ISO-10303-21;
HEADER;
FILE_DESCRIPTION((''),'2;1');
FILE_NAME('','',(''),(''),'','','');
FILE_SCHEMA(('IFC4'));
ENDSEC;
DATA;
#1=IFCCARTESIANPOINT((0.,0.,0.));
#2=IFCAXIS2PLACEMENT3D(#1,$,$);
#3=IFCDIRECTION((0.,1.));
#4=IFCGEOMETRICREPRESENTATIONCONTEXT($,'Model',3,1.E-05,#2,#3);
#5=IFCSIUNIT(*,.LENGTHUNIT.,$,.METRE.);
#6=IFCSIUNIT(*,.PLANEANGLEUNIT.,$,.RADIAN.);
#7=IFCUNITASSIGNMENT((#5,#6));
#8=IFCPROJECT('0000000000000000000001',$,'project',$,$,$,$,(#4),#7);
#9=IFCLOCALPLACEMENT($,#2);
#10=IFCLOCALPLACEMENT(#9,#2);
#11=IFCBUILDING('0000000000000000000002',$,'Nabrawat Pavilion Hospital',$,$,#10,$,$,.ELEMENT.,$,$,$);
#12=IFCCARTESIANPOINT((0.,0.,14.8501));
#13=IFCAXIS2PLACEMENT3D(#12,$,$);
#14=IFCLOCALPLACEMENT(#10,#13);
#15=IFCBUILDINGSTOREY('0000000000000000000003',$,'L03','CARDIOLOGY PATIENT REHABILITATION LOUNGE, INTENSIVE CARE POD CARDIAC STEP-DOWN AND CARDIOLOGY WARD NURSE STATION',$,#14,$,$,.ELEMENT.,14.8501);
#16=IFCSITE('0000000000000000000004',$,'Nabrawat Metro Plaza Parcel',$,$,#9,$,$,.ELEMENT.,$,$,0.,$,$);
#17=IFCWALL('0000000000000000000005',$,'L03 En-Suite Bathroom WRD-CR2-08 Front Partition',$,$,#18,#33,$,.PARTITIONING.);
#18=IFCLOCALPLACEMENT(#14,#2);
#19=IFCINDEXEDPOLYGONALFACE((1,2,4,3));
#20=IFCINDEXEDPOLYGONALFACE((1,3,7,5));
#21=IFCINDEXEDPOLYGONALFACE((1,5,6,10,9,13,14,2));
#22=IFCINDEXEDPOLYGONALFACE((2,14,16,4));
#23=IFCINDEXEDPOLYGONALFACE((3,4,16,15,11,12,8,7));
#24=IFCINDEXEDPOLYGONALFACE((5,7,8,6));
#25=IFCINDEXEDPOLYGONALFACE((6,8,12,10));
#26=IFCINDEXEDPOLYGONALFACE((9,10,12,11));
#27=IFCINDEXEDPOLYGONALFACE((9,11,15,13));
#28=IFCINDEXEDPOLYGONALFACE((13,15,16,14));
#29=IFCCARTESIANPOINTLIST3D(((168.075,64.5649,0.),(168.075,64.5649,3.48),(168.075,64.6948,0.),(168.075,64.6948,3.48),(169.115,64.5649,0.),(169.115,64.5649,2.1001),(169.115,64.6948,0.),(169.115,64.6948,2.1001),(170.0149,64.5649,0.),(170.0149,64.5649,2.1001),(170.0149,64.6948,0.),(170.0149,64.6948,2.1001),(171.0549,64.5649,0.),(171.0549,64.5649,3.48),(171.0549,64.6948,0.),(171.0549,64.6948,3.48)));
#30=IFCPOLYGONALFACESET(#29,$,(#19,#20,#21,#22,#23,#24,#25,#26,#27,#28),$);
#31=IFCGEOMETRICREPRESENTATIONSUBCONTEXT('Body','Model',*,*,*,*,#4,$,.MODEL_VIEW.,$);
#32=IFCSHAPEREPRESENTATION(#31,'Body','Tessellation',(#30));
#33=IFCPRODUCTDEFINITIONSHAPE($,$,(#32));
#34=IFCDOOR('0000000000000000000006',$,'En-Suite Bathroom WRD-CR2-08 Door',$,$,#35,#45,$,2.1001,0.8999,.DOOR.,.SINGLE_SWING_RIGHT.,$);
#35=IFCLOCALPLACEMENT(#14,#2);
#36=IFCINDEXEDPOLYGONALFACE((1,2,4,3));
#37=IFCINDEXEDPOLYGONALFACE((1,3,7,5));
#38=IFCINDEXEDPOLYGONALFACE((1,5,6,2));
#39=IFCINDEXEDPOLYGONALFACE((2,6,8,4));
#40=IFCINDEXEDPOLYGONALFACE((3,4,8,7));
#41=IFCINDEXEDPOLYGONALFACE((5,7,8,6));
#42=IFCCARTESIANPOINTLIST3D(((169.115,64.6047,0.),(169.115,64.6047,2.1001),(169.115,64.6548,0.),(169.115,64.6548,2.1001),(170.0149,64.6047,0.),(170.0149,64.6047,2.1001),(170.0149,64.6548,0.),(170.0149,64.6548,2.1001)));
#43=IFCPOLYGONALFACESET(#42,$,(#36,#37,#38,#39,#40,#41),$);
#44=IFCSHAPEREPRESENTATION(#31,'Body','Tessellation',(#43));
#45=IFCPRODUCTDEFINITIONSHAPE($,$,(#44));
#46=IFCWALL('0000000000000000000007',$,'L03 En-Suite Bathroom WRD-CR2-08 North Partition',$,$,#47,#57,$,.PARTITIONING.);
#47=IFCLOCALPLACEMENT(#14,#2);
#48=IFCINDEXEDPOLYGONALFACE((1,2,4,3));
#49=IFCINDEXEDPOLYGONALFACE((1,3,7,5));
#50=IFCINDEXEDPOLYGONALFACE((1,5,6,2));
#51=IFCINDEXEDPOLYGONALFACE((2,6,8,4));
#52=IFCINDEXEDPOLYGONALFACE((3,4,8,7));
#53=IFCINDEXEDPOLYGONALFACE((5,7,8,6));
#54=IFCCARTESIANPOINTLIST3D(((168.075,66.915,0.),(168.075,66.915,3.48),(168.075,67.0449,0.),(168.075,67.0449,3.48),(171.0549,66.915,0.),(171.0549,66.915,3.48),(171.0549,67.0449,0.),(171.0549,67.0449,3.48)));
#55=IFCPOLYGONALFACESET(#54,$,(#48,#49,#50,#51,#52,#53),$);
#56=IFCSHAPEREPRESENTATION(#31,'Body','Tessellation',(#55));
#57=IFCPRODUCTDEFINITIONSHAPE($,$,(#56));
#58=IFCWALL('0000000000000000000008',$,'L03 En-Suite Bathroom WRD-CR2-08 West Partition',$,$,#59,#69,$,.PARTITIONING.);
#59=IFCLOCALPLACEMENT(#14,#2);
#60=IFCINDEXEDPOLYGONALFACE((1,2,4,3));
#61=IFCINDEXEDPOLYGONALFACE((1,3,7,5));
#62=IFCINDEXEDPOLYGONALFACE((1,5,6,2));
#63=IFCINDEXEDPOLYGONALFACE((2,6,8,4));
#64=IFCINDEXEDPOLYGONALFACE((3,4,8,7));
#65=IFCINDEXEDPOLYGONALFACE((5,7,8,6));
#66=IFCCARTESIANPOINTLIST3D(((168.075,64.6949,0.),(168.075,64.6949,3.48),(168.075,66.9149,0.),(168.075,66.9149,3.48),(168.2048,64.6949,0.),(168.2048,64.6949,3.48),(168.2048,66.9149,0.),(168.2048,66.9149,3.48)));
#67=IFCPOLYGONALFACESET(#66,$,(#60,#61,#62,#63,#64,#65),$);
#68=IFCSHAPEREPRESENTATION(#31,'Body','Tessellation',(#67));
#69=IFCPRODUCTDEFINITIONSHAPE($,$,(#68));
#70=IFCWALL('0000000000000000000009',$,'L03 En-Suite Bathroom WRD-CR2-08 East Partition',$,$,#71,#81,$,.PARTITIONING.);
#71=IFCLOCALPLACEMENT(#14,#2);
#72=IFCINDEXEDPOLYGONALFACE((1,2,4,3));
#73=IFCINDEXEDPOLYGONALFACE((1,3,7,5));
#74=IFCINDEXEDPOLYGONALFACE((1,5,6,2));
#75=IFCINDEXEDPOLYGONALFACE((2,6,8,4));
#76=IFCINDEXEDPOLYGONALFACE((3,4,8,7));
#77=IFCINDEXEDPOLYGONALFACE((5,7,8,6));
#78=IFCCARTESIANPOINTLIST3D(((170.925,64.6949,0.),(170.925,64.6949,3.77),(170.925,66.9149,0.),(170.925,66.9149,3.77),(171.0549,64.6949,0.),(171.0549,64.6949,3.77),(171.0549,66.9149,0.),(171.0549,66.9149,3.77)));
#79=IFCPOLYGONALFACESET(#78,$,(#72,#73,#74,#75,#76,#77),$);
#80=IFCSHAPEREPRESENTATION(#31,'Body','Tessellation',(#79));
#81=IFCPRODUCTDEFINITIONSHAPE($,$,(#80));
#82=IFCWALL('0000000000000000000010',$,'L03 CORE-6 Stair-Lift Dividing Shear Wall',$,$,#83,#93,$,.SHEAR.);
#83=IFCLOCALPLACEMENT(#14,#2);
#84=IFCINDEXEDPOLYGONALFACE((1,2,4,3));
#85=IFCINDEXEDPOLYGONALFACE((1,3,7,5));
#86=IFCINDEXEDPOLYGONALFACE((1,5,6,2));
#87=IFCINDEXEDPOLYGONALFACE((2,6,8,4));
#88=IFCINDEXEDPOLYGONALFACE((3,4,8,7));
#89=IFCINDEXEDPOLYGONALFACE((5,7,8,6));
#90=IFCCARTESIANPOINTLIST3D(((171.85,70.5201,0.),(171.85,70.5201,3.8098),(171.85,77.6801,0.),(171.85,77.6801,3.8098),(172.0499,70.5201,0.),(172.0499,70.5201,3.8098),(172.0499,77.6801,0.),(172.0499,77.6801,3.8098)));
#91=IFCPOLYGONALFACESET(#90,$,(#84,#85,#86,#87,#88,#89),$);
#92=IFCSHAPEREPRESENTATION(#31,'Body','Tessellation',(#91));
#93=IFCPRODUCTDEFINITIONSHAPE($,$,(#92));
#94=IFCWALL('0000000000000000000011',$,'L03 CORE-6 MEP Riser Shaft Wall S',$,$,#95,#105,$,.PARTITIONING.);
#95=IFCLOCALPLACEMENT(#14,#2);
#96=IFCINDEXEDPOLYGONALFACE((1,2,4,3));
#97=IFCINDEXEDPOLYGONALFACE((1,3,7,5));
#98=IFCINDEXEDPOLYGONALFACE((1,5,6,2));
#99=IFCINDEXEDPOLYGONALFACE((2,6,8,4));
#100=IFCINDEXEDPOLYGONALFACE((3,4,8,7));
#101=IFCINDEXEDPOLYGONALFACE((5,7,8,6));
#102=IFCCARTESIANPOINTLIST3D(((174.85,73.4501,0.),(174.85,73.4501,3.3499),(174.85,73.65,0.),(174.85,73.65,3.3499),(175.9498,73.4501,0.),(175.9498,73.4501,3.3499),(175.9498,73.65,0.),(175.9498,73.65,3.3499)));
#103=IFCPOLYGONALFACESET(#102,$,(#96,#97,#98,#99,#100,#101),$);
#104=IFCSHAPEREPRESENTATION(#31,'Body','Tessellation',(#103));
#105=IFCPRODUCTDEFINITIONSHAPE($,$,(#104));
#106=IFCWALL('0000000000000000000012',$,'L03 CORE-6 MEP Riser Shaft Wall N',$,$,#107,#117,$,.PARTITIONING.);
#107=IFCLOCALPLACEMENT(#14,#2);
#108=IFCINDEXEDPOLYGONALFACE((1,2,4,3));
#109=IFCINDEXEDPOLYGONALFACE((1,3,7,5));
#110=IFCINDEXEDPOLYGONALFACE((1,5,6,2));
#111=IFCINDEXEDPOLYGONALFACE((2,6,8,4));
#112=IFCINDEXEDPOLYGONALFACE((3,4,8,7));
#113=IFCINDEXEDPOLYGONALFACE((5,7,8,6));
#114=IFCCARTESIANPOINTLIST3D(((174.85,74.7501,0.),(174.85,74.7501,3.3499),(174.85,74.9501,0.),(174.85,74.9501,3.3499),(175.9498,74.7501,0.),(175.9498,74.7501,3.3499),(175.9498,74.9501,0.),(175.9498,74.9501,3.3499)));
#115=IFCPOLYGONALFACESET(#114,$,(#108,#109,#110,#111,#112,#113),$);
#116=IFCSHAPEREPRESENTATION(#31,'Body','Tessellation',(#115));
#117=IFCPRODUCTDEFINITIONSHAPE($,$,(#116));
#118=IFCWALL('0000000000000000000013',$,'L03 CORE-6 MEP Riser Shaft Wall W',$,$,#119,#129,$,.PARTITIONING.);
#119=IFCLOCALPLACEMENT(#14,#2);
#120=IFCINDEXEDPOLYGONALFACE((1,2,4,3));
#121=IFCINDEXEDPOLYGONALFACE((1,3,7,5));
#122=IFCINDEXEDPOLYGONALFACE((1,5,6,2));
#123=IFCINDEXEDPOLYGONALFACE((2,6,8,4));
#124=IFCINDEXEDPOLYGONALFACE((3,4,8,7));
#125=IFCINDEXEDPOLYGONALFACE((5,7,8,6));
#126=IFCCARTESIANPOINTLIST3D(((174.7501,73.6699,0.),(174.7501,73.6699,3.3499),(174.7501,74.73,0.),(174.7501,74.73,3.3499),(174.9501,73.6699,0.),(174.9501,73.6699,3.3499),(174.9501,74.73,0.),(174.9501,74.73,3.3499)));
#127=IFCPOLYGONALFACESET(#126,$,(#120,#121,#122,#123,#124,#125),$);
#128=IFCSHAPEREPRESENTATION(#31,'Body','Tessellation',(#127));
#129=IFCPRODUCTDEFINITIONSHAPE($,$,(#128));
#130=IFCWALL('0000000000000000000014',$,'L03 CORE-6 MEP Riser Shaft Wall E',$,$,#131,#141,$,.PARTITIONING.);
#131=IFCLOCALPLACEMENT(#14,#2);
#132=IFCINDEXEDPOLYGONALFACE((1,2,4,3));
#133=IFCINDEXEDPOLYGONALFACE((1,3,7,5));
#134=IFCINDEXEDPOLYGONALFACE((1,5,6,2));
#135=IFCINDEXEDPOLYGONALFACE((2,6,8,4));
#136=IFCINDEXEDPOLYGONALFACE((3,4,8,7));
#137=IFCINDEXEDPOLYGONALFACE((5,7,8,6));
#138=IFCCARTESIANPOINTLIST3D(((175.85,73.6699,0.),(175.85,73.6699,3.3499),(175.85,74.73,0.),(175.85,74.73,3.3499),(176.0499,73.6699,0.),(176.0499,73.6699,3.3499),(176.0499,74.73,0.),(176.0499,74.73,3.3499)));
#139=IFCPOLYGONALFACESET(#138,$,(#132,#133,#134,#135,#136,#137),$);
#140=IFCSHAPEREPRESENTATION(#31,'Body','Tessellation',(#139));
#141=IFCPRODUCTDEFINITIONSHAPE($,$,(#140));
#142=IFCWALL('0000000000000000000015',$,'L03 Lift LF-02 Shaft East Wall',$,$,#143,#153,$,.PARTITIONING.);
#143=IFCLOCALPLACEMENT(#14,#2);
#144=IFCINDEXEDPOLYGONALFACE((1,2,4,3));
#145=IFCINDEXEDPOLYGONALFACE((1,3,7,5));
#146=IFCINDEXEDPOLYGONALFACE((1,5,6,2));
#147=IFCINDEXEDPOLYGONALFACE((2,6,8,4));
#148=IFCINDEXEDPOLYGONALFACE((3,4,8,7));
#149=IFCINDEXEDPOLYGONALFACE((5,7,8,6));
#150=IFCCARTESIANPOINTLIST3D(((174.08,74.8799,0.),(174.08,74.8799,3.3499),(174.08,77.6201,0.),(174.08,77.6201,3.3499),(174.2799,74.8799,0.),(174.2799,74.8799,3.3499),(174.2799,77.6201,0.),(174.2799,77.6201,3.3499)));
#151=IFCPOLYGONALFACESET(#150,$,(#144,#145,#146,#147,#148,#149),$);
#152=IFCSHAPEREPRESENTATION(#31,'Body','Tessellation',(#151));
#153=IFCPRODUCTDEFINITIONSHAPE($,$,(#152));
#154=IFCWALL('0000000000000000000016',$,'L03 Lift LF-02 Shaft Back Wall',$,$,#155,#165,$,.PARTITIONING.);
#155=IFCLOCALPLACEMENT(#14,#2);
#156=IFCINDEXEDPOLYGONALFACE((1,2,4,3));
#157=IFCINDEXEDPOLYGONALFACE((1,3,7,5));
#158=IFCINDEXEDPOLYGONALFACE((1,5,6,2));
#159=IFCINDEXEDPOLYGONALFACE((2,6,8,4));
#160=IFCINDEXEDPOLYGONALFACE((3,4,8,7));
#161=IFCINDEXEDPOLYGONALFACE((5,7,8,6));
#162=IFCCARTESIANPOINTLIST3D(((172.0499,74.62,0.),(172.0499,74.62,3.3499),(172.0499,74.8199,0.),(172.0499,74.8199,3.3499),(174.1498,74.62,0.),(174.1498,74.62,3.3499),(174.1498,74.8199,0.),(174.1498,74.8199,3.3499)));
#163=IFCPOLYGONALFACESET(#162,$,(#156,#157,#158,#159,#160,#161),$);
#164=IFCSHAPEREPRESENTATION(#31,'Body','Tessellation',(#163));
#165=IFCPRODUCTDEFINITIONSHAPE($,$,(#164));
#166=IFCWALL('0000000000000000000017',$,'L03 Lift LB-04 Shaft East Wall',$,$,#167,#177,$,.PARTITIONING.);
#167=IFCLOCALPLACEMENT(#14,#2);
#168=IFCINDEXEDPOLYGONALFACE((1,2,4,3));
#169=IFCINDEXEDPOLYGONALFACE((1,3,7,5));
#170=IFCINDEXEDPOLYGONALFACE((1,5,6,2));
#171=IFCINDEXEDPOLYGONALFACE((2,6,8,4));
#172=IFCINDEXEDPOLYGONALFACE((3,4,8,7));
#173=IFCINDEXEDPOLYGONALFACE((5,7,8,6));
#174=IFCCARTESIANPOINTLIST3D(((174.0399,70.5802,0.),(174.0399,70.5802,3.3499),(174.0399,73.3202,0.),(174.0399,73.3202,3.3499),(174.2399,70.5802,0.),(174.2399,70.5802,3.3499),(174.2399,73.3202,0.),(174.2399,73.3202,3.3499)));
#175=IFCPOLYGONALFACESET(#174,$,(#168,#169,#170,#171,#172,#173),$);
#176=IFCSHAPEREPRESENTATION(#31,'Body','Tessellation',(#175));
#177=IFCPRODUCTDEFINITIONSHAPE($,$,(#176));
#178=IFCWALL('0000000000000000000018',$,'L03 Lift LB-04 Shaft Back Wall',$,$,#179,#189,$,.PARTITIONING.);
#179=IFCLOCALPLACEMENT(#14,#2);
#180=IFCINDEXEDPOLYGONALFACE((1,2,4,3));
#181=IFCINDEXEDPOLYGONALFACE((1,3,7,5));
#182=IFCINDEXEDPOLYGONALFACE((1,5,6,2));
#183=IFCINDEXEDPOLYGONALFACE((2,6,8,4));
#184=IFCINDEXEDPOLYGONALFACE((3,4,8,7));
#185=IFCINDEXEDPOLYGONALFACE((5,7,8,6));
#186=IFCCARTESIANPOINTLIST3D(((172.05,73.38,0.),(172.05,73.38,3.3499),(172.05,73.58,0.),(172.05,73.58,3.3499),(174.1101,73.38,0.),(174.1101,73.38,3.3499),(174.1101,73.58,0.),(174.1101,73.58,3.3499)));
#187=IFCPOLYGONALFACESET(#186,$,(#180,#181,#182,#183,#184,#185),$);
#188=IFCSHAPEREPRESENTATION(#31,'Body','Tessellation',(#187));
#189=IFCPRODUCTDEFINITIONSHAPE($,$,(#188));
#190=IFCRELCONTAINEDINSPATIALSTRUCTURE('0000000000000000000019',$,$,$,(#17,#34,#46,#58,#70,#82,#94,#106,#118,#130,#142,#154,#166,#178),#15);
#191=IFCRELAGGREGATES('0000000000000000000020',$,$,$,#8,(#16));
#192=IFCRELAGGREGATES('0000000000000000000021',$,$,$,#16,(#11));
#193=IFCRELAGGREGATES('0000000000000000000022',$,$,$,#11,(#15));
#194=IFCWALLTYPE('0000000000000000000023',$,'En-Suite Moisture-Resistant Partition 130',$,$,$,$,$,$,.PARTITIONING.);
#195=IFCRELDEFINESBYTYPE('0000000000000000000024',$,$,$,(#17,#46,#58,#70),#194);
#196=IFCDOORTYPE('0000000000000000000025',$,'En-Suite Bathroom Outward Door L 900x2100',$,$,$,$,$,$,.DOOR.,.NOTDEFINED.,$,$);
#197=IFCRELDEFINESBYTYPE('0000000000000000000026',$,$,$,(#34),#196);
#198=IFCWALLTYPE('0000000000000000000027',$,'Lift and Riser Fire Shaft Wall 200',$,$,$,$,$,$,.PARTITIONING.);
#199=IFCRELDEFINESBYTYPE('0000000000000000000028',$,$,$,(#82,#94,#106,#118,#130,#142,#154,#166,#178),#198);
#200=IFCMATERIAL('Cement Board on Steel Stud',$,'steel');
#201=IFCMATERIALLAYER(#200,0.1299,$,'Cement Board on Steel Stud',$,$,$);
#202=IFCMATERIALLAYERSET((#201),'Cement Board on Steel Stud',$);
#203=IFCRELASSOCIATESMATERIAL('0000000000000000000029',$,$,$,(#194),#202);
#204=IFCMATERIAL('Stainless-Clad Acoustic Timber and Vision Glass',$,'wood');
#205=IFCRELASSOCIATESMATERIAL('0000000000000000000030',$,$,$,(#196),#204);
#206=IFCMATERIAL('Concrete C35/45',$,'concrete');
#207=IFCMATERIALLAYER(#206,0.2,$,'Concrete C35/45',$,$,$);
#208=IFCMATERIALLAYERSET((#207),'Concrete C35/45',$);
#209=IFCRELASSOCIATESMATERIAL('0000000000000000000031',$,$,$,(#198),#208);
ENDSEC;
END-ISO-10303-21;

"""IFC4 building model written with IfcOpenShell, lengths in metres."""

from ifc_helpers import new_model, si_unit, direction, frame, frame_2d, origin, place, context, subcontext, project, spatial, rectangle, extrude, material, layer, layer_set, type_object, element, fill, save


model = new_model("IFC4")

# Units and contexts
model_context = context("Model", 3, precision=1e-05, world=origin(), true_north=direction((0.0, 1.0)))
body_context = subcontext(model_context, "Body", "Model", "MODEL_VIEW")
ifc_project = project(units=[si_unit("LENGTHUNIT", "METRE"), si_unit("PLANEANGLEUNIT", "RADIAN")], contexts=[model_context])

# Site, building, storey
site_placement = place(None, origin())
site = spatial("IfcSite", under=ifc_project, at=site_placement, Name="Nabrawat Metro Plaza Parcel", CompositionType="ELEMENT", RefElevation=0.0)
building_placement = place(site_placement, origin())
building = spatial("IfcBuilding", under=site, at=building_placement, Name="Nabrawat Pavilion Hospital", CompositionType="ELEMENT")
storey_placement = place(building_placement, frame((0.0, 0.0, 14.8501)))
storey = spatial("IfcBuildingStorey", under=building, at=storey_placement, Name="L03", Description="CARDIOLOGY PATIENT REHABILITATION LOUNGE, INTENSIVE CARE POD CARDIAC STEP-DOWN AND CARDIOLOGY WARD NURSE STATION", CompositionType="ELEMENT", Elevation=14.8501)

# Wall, opening, door
ifc_material_1 = material(Name="Cement Board on Steel Stud", Category="steel")
ifc_layer_1 = layer(ifc_material_1, 0.1299, Name="Cement Board on Steel Stud")
ifc_layer_set_1 = layer_set([ifc_layer_1], Name="Cement Board on Steel Stud")
wall_type_1 = type_object("IfcWallType", Name="En-Suite Moisture-Resistant Partition 130", PredefinedType="PARTITIONING", material=ifc_layer_set_1)
wall_1_placement = place(storey_placement, frame((168.075, 64.6299, 0.0), z_axis=(0.0, 0.0, 1.0), x_axis=(1.0, 0.0, 0.0)))
wall_1 = element("IfcWall", 1, at=wall_1_placement, inside=storey, type_object=wall_type_1, Name="L03 En-Suite Bathroom WRD-CR2-08 Front Partition", PredefinedType="PARTITIONING", context=body_context, shape_type="SweptSolid", body=[
    extrude(rectangle(XDim=2.98, YDim=0.1299, at=frame_2d((1.49, 0.0))), origin(), (0.0, 0.0, 1.0), 3.48),
])
opening_placement = place(wall_1_placement, frame((1.04, 0.0, 0.0)))
opening = element("IfcOpeningElement", 2, at=opening_placement, cuts=wall_1, PredefinedType="OPENING", context=body_context, shape_type="SweptSolid", body=[
    extrude(rectangle(XDim=0.8999, YDim=2.1001, at=frame_2d((0.45, 1.05))), frame((0.0, 0.075, 0.0), z_axis=(0.0, -1.0, 0.0), x_axis=(1.0, 0.0, 0.0)), (0.0, 0.0, 1.0), 0.1499),
])
ifc_material_2 = material(Name="Stainless-Clad Acoustic Timber and Vision Glass", Category="wood")
door_type = type_object("IfcDoorType", Name="En-Suite Bathroom Outward Door L 900x2100", OperationType="NOTDEFINED", PredefinedType="DOOR", material=ifc_material_2)
door_placement = place(opening_placement, origin())
door = element("IfcDoor", 3, at=door_placement, inside=storey, type_object=door_type, Name="En-Suite Bathroom WRD-CR2-08 Door", OperationType="SINGLE_SWING_RIGHT", OverallHeight=2.1001, OverallWidth=0.8999, PredefinedType="DOOR", context=body_context, shape_type="SweptSolid", body=[
    extrude(rectangle(XDim=0.8999, YDim=2.1001, at=frame_2d((0.45, 1.05))), frame((0.0, 0.0249, 0.0), z_axis=(0.0, -1.0, 0.0), x_axis=(1.0, 0.0, 0.0)), (0.0, 0.0, 1.0), 0.05),
])
fill(opening, door)

# Walls
wall_2_placement = place(storey_placement, frame((168.075, 66.98, 0.0), z_axis=(0.0, 0.0, 1.0), x_axis=(1.0, 0.0, 0.0)))
element("IfcWall", 4, at=wall_2_placement, inside=storey, type_object=wall_type_1, Name="L03 En-Suite Bathroom WRD-CR2-08 North Partition", PredefinedType="PARTITIONING", context=body_context, shape_type="SweptSolid", body=[
    extrude(rectangle(XDim=2.98, YDim=0.1299, at=frame_2d((1.49, 0.0))), origin(), (0.0, 0.0, 1.0), 3.48),
])
wall_3_placement = place(storey_placement, frame((168.1399, 64.6951, 0.0), z_axis=(0.0, 0.0, 1.0), x_axis=(0.0, 1.0, 0.0)))
element("IfcWall", 5, at=wall_3_placement, inside=storey, type_object=wall_type_1, Name="L03 En-Suite Bathroom WRD-CR2-08 West Partition", PredefinedType="PARTITIONING", context=body_context, shape_type="SweptSolid", body=[
    extrude(rectangle(XDim=2.22, YDim=0.1299, at=frame_2d((1.1099, 0.0))), origin(), (0.0, 0.0, 1.0), 3.48),
])
wall_4_placement = place(storey_placement, frame((170.99, 64.6951, 0.0), z_axis=(0.0, 0.0, 1.0), x_axis=(0.0, 1.0, 0.0)))
element("IfcWall", 6, at=wall_4_placement, inside=storey, type_object=wall_type_1, Name="L03 En-Suite Bathroom WRD-CR2-08 East Partition", PredefinedType="PARTITIONING", context=body_context, shape_type="SweptSolid", body=[
    extrude(rectangle(XDim=2.22, YDim=0.1299, at=frame_2d((1.1099, 0.0))), origin(), (0.0, 0.0, 1.0), 3.77),
])
ifc_material_3 = material(Name="Concrete C35/45", Category="concrete")
ifc_layer_2 = layer(ifc_material_3, 0.2, Name="Concrete C35/45")
ifc_layer_set_2 = layer_set([ifc_layer_2], Name="Concrete C35/45")
wall_type_2 = type_object("IfcWallType", Name="Lift and Riser Fire Shaft Wall 200", PredefinedType="PARTITIONING", material=ifc_layer_set_2)
wall_5_placement = place(storey_placement, frame((171.95, 70.52, 0.0), z_axis=(0.0, 0.0, 1.0), x_axis=(0.0, 1.0, 0.0)))
element("IfcWall", 7, at=wall_5_placement, inside=storey, type_object=wall_type_2, Name="L03 CORE-6 Stair-Lift Dividing Shear Wall", PredefinedType="SHEAR", context=body_context, shape_type="SweptSolid", body=[
    extrude(rectangle(XDim=7.1599, YDim=0.2, at=frame_2d((3.5801, 0.0))), origin(), (0.0, 0.0, 1.0), 3.8098),
])
for number, where, z_axis, x_axis, name in (
    (8, (174.8501, 73.55, 0.0), (0.0, 0.0, 1.0), (1.0, 0.0, 0.0), "L03 CORE-6 MEP Riser Shaft Wall S"),
    (9, (174.8501, 74.8501, 0.0), (0.0, 0.0, 1.0), (1.0, 0.0, 0.0), "L03 CORE-6 MEP Riser Shaft Wall N"),
):
    element("IfcWall", number, at=place(storey_placement, frame(where, z_axis=z_axis, x_axis=x_axis)), inside=storey, type_object=wall_type_2, Name=name, PredefinedType="PARTITIONING", context=body_context, shape_type="SweptSolid", body=[
        extrude(rectangle(XDim=1.0999, YDim=0.2, at=frame_2d((0.5498, 0.0))), origin(), (0.0, 0.0, 1.0), 3.3499),
    ])
for number, where, z_axis, x_axis, name in (
    (10, (174.8501, 73.6699, 0.0), (0.0, 0.0, 1.0), (0.0, 1.0, 0.0), "L03 CORE-6 MEP Riser Shaft Wall W"),
    (11, (175.95, 73.6699, 0.0), (0.0, 0.0, 1.0), (0.0, 1.0, 0.0), "L03 CORE-6 MEP Riser Shaft Wall E"),
):
    element("IfcWall", number, at=place(storey_placement, frame(where, z_axis=z_axis, x_axis=x_axis)), inside=storey, type_object=wall_type_2, Name=name, PredefinedType="PARTITIONING", context=body_context, shape_type="SweptSolid", body=[
        extrude(rectangle(XDim=1.0601, YDim=0.2, at=frame_2d((0.53, 0.0))), origin(), (0.0, 0.0, 1.0), 3.3499),
    ])
wall_6_placement = place(storey_placement, frame((174.1799, 74.8799, 0.0), z_axis=(0.0, 0.0, 1.0), x_axis=(0.0, 1.0, 0.0)))
element("IfcWall", 12, at=wall_6_placement, inside=storey, type_object=wall_type_2, Name="L03 Lift LF-02 Shaft East Wall", PredefinedType="PARTITIONING", context=body_context, shape_type="SweptSolid", body=[
    extrude(rectangle(XDim=2.7402, YDim=0.2, at=frame_2d((1.3701, 0.0))), origin(), (0.0, 0.0, 1.0), 3.3499),
])
wall_7_placement = place(storey_placement, frame((172.05, 74.72, 0.0), z_axis=(0.0, 0.0, 1.0), x_axis=(1.0, 0.0, 0.0)))
element("IfcWall", 13, at=wall_7_placement, inside=storey, type_object=wall_type_2, Name="L03 Lift LF-02 Shaft Back Wall", PredefinedType="PARTITIONING", context=body_context, shape_type="SweptSolid", body=[
    extrude(rectangle(XDim=2.0999, YDim=0.2, at=frame_2d((1.0498, 0.0))), origin(), (0.0, 0.0, 1.0), 3.3499),
])
wall_8_placement = place(storey_placement, frame((174.1399, 70.5801, 0.0), z_axis=(0.0, 0.0, 1.0), x_axis=(0.0, 1.0, 0.0)))
element("IfcWall", 14, at=wall_8_placement, inside=storey, type_object=wall_type_2, Name="L03 Lift LB-04 Shaft East Wall", PredefinedType="PARTITIONING", context=body_context, shape_type="SweptSolid", body=[
    extrude(rectangle(XDim=2.74, YDim=0.2, at=frame_2d((1.3701, 0.0))), origin(), (0.0, 0.0, 1.0), 3.3499),
])
wall_9_placement = place(storey_placement, frame((172.05, 73.48, 0.0), z_axis=(0.0, 0.0, 1.0), x_axis=(1.0, 0.0, 0.0)))
element("IfcWall", 15, at=wall_9_placement, inside=storey, type_object=wall_type_2, Name="L03 Lift LB-04 Shaft Back Wall", PredefinedType="PARTITIONING", context=body_context, shape_type="SweptSolid", body=[
    extrude(rectangle(XDim=2.0601, YDim=0.2, at=frame_2d((1.03, 0.0))), origin(), (0.0, 0.0, 1.0), 3.3499),
])

save(model, "model.ifc")
